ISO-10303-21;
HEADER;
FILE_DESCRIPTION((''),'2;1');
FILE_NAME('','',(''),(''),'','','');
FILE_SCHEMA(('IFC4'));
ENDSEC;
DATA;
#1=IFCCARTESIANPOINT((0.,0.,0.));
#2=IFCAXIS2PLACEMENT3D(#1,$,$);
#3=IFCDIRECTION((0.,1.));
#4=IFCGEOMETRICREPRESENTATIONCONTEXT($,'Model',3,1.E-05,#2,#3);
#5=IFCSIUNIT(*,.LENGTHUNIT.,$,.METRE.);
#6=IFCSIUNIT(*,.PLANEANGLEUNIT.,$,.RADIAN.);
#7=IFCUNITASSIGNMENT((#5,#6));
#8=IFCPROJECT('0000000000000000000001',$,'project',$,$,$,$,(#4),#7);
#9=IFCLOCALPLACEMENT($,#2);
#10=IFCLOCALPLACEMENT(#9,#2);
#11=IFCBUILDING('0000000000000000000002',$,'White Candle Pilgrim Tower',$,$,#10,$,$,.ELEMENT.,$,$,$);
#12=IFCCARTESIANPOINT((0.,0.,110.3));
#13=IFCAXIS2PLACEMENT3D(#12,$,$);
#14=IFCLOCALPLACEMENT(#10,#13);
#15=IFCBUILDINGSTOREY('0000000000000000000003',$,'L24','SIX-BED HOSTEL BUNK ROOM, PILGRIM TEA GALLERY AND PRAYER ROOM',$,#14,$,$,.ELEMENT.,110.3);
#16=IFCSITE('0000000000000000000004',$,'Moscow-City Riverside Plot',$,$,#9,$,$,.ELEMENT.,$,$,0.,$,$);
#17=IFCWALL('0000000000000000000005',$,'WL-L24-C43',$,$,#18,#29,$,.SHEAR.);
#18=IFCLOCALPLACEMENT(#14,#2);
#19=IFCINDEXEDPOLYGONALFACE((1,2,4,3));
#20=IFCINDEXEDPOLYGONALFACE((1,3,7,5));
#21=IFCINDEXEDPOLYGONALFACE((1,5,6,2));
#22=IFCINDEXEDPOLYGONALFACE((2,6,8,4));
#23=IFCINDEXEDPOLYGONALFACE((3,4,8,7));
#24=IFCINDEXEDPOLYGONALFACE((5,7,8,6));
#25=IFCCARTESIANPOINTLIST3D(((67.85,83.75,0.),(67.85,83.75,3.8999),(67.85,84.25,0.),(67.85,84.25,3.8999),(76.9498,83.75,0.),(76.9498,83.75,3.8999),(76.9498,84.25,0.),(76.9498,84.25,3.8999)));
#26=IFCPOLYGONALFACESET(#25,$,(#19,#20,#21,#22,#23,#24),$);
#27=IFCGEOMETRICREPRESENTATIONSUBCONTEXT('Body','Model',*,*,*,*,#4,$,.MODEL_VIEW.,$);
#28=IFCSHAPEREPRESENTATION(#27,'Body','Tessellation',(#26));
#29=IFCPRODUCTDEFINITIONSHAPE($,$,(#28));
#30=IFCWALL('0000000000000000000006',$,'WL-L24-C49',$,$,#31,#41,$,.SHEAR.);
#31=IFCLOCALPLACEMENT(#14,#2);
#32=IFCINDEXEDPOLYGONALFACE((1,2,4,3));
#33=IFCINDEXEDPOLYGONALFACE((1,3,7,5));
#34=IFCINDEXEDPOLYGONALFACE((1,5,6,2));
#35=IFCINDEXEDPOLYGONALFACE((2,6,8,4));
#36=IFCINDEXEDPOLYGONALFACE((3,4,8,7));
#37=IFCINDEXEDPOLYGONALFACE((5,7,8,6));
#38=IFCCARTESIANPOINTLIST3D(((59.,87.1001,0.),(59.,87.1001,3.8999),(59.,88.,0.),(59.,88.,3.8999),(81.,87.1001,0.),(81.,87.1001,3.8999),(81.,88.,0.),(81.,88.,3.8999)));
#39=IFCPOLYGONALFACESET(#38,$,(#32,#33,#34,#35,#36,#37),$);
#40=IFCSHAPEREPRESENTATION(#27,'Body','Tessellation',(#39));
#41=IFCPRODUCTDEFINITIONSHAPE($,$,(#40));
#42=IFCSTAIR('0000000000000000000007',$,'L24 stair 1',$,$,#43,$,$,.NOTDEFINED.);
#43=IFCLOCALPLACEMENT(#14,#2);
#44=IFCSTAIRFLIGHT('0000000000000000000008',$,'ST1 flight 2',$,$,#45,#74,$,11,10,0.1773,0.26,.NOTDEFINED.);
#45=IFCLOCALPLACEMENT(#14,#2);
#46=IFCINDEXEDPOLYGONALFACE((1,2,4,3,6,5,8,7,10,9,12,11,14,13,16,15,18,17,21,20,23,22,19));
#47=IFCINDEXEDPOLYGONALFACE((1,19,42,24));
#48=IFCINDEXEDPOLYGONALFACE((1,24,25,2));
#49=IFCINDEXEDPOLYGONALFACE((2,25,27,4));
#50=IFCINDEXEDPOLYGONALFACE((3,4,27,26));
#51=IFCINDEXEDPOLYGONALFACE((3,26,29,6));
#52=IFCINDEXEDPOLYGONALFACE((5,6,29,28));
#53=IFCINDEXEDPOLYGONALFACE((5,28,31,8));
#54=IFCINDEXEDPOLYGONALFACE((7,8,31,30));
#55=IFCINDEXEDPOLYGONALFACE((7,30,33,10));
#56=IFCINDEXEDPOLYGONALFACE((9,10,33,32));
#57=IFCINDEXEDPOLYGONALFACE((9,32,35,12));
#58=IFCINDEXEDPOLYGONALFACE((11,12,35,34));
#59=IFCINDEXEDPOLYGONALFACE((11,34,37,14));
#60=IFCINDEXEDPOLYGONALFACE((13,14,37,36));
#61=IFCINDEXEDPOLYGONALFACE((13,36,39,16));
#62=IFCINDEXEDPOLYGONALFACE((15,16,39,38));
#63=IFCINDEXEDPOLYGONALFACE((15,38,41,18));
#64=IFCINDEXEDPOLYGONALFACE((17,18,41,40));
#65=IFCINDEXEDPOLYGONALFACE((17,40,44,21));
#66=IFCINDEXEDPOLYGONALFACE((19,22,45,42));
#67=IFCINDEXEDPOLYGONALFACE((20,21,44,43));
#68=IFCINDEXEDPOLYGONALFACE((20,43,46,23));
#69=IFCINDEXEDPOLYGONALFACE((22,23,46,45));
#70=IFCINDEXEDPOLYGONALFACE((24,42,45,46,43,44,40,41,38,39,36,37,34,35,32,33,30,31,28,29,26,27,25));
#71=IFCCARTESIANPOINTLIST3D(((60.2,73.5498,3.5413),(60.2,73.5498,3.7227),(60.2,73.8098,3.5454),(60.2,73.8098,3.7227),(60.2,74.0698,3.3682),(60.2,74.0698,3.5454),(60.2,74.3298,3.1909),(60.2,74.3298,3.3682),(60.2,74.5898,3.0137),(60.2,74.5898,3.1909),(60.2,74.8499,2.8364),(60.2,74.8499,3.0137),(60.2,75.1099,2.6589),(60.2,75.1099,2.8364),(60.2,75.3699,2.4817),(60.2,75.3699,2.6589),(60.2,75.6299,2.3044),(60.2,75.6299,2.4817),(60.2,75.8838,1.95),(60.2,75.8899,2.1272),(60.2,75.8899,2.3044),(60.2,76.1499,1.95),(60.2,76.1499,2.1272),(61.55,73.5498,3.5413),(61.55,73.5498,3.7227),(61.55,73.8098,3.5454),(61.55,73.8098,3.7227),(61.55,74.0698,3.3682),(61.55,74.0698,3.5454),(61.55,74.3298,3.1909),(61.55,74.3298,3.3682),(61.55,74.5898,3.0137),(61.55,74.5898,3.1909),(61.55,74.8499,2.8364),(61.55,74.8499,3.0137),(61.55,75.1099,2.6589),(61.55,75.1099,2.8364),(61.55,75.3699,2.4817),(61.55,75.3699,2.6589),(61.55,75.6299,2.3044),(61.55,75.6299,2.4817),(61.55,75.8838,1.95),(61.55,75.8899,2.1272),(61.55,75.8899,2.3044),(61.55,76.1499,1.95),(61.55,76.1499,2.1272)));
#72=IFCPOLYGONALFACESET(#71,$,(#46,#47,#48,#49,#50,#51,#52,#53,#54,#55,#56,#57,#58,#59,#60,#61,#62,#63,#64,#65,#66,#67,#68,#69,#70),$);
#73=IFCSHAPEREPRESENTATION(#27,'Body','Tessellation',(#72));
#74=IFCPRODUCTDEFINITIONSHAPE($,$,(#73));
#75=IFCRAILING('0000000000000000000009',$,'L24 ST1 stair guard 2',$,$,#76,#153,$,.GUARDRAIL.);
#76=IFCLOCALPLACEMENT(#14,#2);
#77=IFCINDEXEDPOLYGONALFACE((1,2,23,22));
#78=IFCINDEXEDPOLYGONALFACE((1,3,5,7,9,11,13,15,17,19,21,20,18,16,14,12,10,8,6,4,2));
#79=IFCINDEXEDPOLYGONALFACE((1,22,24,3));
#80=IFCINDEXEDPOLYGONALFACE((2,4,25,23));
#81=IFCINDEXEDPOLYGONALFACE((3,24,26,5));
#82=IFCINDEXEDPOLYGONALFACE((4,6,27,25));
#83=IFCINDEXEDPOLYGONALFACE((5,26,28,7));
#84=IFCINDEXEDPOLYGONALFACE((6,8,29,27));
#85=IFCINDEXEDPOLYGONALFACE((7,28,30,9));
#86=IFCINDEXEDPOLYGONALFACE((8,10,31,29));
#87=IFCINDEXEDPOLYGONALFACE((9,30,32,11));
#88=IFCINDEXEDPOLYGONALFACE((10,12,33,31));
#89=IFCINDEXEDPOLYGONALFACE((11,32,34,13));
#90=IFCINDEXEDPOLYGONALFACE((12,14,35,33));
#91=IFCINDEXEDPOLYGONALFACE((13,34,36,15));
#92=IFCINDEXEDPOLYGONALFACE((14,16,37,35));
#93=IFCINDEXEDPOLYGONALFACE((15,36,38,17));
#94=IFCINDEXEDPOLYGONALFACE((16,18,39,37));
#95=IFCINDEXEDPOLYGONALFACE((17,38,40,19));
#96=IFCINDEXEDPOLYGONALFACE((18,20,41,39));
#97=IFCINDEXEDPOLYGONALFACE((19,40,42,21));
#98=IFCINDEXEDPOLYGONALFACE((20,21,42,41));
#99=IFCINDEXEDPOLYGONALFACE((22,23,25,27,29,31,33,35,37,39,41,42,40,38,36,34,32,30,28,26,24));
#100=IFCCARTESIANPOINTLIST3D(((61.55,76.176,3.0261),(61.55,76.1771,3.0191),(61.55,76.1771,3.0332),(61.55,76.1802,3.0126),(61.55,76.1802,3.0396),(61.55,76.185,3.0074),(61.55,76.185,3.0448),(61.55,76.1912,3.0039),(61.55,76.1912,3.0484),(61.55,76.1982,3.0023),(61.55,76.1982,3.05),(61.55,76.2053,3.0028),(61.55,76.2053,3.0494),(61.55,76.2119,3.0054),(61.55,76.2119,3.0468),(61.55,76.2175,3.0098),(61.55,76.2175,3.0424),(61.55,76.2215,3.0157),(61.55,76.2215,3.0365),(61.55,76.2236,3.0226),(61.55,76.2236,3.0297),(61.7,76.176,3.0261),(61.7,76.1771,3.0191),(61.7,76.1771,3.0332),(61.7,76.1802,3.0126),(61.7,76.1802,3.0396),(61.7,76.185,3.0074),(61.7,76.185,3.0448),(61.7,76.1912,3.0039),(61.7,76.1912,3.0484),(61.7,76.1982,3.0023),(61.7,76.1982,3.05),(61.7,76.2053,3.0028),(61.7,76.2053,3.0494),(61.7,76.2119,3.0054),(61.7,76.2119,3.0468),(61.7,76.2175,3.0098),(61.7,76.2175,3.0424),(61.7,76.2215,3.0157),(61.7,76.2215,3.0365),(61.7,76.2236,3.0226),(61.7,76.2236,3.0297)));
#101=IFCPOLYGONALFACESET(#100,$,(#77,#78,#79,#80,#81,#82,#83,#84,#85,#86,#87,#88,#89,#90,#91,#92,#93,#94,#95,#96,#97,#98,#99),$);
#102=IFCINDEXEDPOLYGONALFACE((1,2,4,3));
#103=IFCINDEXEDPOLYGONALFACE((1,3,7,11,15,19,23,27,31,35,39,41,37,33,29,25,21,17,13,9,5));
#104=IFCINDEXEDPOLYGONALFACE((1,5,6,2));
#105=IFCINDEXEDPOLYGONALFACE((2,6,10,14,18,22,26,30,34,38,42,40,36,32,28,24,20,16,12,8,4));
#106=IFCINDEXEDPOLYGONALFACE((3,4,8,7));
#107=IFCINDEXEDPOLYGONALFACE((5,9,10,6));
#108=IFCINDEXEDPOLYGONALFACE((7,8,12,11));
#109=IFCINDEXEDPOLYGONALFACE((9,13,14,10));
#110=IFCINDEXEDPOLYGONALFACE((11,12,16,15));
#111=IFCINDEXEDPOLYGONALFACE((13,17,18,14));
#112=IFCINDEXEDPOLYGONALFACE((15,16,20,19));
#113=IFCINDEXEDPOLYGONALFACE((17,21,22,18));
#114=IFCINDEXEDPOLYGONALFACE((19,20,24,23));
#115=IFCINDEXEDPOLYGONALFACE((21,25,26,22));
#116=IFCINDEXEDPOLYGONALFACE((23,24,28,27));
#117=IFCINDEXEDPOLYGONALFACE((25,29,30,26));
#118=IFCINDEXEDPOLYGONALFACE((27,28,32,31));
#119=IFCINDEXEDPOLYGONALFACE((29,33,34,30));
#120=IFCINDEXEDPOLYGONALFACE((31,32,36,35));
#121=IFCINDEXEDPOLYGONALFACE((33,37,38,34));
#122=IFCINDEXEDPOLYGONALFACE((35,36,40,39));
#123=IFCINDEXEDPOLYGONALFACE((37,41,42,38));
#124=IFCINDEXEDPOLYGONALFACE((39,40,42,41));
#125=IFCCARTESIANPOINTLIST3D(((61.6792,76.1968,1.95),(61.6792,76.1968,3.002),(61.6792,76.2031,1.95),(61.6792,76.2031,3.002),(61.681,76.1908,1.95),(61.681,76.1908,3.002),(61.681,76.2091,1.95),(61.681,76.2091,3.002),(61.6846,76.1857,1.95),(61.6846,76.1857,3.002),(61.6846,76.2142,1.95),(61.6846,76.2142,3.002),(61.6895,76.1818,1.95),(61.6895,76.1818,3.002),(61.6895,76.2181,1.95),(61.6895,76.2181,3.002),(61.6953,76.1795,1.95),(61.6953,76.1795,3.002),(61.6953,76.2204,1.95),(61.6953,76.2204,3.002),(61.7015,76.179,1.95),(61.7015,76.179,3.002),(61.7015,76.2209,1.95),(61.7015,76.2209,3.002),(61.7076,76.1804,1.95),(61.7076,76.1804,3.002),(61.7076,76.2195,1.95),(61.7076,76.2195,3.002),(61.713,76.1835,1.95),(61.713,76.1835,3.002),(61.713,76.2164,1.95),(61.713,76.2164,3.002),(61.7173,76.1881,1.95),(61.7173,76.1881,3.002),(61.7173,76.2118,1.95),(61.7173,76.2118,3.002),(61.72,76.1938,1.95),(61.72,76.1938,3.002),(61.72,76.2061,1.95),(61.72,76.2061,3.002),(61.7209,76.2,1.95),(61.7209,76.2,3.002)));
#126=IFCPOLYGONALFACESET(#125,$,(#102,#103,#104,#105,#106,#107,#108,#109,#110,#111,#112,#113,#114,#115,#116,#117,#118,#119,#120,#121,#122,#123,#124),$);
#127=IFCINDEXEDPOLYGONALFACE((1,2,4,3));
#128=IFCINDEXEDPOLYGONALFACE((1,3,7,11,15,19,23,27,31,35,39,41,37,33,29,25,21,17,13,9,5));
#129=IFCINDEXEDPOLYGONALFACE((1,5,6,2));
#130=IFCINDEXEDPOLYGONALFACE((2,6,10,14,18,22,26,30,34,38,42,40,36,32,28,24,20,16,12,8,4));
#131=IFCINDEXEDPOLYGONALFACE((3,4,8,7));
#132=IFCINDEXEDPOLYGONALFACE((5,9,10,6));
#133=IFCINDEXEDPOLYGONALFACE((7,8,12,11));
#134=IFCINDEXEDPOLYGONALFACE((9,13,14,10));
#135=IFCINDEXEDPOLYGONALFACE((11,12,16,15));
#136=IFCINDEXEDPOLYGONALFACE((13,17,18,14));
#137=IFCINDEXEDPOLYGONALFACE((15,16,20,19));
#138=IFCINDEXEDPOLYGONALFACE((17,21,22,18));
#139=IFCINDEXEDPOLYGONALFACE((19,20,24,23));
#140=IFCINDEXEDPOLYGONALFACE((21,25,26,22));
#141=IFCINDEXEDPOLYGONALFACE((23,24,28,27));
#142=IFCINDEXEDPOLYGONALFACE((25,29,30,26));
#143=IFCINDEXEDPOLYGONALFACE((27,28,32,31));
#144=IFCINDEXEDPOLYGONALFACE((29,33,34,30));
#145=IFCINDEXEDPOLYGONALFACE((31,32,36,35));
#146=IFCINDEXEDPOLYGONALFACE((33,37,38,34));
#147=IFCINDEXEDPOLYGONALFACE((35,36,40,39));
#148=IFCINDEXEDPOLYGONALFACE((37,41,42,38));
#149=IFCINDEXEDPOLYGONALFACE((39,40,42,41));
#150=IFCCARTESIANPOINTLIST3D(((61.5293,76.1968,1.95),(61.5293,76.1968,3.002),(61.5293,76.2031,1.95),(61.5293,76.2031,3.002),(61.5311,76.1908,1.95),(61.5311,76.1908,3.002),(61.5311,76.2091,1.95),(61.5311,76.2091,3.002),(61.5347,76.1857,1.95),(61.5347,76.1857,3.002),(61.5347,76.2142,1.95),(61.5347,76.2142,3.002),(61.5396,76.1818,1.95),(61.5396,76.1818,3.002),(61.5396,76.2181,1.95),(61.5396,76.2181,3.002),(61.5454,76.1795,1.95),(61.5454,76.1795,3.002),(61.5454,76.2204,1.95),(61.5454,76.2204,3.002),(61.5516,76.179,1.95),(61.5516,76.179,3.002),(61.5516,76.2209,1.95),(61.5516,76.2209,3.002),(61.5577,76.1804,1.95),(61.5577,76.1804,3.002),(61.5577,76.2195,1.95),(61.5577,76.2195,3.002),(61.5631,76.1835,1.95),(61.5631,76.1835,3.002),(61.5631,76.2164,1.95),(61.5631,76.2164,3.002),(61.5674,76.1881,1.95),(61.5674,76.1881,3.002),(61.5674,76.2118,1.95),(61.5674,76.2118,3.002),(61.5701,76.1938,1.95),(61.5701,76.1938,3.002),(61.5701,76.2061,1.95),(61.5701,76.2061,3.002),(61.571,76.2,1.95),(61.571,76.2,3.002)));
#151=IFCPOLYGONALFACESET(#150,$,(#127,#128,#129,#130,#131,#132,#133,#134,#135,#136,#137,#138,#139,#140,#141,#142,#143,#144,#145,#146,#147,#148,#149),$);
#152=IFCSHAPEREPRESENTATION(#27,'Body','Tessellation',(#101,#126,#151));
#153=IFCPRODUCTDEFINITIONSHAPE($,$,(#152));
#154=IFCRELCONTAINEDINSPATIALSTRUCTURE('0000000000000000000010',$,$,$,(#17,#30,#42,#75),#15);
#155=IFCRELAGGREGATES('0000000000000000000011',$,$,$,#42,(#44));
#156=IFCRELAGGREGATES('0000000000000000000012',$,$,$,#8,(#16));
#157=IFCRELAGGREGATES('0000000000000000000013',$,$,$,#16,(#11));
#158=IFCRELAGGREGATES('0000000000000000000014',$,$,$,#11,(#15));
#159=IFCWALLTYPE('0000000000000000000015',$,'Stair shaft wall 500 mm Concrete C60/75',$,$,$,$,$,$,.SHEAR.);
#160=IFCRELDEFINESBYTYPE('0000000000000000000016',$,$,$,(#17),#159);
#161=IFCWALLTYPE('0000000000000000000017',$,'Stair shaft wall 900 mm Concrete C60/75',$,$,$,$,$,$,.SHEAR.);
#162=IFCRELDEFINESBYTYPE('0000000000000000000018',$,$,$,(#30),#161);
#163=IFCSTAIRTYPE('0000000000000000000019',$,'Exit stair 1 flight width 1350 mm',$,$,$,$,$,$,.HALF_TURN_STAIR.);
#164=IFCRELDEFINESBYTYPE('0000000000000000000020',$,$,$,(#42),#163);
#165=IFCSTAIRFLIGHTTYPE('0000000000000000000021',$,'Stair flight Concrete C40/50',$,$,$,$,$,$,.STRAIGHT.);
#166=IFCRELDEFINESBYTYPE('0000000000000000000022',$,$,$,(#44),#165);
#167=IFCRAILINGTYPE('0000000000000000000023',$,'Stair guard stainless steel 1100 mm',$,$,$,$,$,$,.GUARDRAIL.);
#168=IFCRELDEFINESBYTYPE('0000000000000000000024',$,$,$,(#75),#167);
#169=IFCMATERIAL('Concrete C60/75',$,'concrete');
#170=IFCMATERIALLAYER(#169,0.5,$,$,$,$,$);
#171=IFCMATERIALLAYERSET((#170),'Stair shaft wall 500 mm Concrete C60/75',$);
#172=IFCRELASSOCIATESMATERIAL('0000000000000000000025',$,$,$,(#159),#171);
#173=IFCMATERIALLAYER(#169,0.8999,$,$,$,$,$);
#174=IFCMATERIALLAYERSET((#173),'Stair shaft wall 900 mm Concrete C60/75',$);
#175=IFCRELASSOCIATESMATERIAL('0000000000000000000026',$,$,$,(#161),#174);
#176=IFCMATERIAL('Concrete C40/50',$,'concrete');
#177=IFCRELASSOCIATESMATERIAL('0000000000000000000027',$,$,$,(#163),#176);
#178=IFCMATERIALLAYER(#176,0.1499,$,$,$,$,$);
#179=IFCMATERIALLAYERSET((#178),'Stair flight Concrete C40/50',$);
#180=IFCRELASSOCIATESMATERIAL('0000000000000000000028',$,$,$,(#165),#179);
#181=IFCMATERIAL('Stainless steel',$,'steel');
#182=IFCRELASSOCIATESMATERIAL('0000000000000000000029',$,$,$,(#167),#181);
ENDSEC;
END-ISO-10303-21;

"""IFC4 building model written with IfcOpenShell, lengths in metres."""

from ifc_helpers import new_model, si_unit, direction, frame, frame_2d, origin, origin_2d, place, context, subcontext, project, spatial, polyline, rectangle, circle, outline, extrude, material, layer, layer_set, type_object, element, aggregate, save


model = new_model("IFC4")

# Units and contexts
model_context = context("Model", 3, precision=1e-05, world=origin(), true_north=direction((0.0, 1.0)))
body_context = subcontext(model_context, "Body", "Model", "MODEL_VIEW")
ifc_project = project(units=[si_unit("LENGTHUNIT", "METRE"), si_unit("PLANEANGLEUNIT", "RADIAN")], contexts=[model_context])

# Site, building, storey
site_placement = place(None, origin())
site = spatial("IfcSite", under=ifc_project, at=site_placement, Name="Moscow-City Riverside Plot", CompositionType="ELEMENT", RefElevation=0.0)
building_placement = place(site_placement, origin())
building = spatial("IfcBuilding", under=site, at=building_placement, Name="White Candle Pilgrim Tower", CompositionType="ELEMENT")
storey_placement = place(building_placement, frame((0.0, 0.0, 110.3)))
storey = spatial("IfcBuildingStorey", under=building, at=storey_placement, Name="L24", Description="SIX-BED HOSTEL BUNK ROOM, PILGRIM TEA GALLERY AND PRAYER ROOM", CompositionType="ELEMENT", Elevation=110.3)

# Shared definitions
ifc_material_1 = material(Name="Concrete C60/75", Category="concrete")

# Walls
ifc_layer_1 = layer(ifc_material_1, 0.5)
ifc_layer_set_1 = layer_set([ifc_layer_1], Name="Stair shaft wall 500 mm Concrete C60/75")
wall_type_1 = type_object("IfcWallType", Name="Stair shaft wall 500 mm Concrete C60/75", PredefinedType="SHEAR", material=ifc_layer_set_1)
wall_1_placement = place(storey_placement, frame((67.8501, 84.0, 0.0), z_axis=(0.0, 0.0, 1.0), x_axis=(1.0, 0.0, 0.0)))
element("IfcWall", 1, at=wall_1_placement, inside=storey, type_object=wall_type_1, Name="WL-L24-C43", PredefinedType="SHEAR", context=body_context, shape_type="SweptSolid", body=[
    extrude(rectangle(XDim=9.0999, YDim=0.5, at=frame_2d((4.5498, 0.0))), origin(), (0.0, 0.0, 1.0), 3.8999),
])
ifc_layer_2 = layer(ifc_material_1, 0.8999)
ifc_layer_set_2 = layer_set([ifc_layer_2], Name="Stair shaft wall 900 mm Concrete C60/75")
wall_type_2 = type_object("IfcWallType", Name="Stair shaft wall 900 mm Concrete C60/75", PredefinedType="SHEAR", material=ifc_layer_set_2)
wall_2_placement = place(storey_placement, frame((59.0, 87.55, 0.0), z_axis=(0.0, 0.0, 1.0), x_axis=(1.0, 0.0, 0.0)))
element("IfcWall", 2, at=wall_2_placement, inside=storey, type_object=wall_type_2, Name="WL-L24-C49", PredefinedType="SHEAR", context=body_context, shape_type="SweptSolid", body=[
    extrude(rectangle(XDim=22.0, YDim=0.8999, at=frame_2d((11.0, 0.0))), origin(), (0.0, 0.0, 1.0), 3.8999),
])

# Stair, stair flight
ifc_material_2 = material(Name="Concrete C40/50", Category="concrete")
stair_type = type_object("IfcStairType", Name="Exit stair 1 flight width 1350 mm", PredefinedType="HALF_TURN_STAIR", material=ifc_material_2)
stair_placement = place(storey_placement, origin())
stair = element("IfcStair", 3, at=stair_placement, inside=storey, type_object=stair_type, Name="L24 stair 1", PredefinedType="NOTDEFINED")
ifc_layer_3 = layer(ifc_material_2, 0.1499)
ifc_layer_set_3 = layer_set([ifc_layer_3], Name="Stair flight Concrete C40/50")
stair_flight_type = type_object("IfcStairFlightType", Name="Stair flight Concrete C40/50", PredefinedType="STRAIGHT", material=ifc_layer_set_3)
stair_flight_placement = place(storey_placement, frame((60.875, 76.1499, 1.95), z_axis=(0.0, 0.0, 1.0), x_axis=(0.0, -1.0, 0.0)))
stair_flight = element("IfcStairFlight", 4, at=stair_flight_placement, type_object=stair_flight_type, Name="ST1 flight 2", NumberOfRisers=11, NumberOfTreads=10, PredefinedType="NOTDEFINED", RiserHeight=0.1773, TreadLength=0.26, context=body_context, shape_type="SweptSolid", body=[
    extrude(outline(polyline([(0.0, 0.0), (0.0, 0.1772), (0.26, 0.1772), (0.26, 0.3545), (0.52, 0.3545), (0.52, 0.5317), (0.78, 0.5317), (0.78, 0.709), (1.04, 0.709), (1.04, 0.8865), (1.3, 0.8865), (1.3, 1.0637), (1.5601, 1.0637), (1.5601, 1.241), (1.8201, 1.241), (1.8201, 1.4182), (2.0801, 1.4182), (2.0801, 1.5955), (2.3401, 1.5955), (2.3401, 1.7727), (2.6001, 1.7727), (2.6001, 1.95), (2.6001, 1.5913), (0.2661, 0.0), (0.0, 0.0)])), frame((0.0, 0.675, 0.0), z_axis=(0.0, -1.0, 0.0), x_axis=(1.0, 0.0, 0.0)), (0.0, 0.0, 1.0), 1.3501),
])
aggregate(stair, [stair_flight])

# Railing
ifc_material_3 = material(Name="Stainless steel", Category="steel")
railing_type_1 = type_object("IfcRailingType", Name="Stair guard stainless steel 1100 mm", PredefinedType="GUARDRAIL", material=ifc_material_3)
railing_1_placement = place(storey_placement, frame((61.7, 76.2, 1.95)))
element("IfcRailing", 5, at=railing_1_placement, inside=storey, type_object=railing_type_1, Name="L24 ST1 stair guard 2", PredefinedType="GUARDRAIL", context=body_context, shape_type="SweptSolid", body=[
    extrude(circle(Radius=0.0239, at=origin_2d()), frame((0.0, 0.0, 1.0762), z_axis=(-1.0, 0.0, 0.0), x_axis=(0.0, -1.0, 0.0)), (0.0, 0.0, 1.0), 0.1499),
    extrude(circle(Radius=0.021, at=origin_2d()), origin(), (0.0, 0.0, 1.0), 1.052),
    extrude(circle(Radius=0.021, at=origin_2d()), frame((-0.1499, 0.0, 0.0)), (0.0, 0.0, 1.0), 1.052),
])

save(model, "model.ifc")
